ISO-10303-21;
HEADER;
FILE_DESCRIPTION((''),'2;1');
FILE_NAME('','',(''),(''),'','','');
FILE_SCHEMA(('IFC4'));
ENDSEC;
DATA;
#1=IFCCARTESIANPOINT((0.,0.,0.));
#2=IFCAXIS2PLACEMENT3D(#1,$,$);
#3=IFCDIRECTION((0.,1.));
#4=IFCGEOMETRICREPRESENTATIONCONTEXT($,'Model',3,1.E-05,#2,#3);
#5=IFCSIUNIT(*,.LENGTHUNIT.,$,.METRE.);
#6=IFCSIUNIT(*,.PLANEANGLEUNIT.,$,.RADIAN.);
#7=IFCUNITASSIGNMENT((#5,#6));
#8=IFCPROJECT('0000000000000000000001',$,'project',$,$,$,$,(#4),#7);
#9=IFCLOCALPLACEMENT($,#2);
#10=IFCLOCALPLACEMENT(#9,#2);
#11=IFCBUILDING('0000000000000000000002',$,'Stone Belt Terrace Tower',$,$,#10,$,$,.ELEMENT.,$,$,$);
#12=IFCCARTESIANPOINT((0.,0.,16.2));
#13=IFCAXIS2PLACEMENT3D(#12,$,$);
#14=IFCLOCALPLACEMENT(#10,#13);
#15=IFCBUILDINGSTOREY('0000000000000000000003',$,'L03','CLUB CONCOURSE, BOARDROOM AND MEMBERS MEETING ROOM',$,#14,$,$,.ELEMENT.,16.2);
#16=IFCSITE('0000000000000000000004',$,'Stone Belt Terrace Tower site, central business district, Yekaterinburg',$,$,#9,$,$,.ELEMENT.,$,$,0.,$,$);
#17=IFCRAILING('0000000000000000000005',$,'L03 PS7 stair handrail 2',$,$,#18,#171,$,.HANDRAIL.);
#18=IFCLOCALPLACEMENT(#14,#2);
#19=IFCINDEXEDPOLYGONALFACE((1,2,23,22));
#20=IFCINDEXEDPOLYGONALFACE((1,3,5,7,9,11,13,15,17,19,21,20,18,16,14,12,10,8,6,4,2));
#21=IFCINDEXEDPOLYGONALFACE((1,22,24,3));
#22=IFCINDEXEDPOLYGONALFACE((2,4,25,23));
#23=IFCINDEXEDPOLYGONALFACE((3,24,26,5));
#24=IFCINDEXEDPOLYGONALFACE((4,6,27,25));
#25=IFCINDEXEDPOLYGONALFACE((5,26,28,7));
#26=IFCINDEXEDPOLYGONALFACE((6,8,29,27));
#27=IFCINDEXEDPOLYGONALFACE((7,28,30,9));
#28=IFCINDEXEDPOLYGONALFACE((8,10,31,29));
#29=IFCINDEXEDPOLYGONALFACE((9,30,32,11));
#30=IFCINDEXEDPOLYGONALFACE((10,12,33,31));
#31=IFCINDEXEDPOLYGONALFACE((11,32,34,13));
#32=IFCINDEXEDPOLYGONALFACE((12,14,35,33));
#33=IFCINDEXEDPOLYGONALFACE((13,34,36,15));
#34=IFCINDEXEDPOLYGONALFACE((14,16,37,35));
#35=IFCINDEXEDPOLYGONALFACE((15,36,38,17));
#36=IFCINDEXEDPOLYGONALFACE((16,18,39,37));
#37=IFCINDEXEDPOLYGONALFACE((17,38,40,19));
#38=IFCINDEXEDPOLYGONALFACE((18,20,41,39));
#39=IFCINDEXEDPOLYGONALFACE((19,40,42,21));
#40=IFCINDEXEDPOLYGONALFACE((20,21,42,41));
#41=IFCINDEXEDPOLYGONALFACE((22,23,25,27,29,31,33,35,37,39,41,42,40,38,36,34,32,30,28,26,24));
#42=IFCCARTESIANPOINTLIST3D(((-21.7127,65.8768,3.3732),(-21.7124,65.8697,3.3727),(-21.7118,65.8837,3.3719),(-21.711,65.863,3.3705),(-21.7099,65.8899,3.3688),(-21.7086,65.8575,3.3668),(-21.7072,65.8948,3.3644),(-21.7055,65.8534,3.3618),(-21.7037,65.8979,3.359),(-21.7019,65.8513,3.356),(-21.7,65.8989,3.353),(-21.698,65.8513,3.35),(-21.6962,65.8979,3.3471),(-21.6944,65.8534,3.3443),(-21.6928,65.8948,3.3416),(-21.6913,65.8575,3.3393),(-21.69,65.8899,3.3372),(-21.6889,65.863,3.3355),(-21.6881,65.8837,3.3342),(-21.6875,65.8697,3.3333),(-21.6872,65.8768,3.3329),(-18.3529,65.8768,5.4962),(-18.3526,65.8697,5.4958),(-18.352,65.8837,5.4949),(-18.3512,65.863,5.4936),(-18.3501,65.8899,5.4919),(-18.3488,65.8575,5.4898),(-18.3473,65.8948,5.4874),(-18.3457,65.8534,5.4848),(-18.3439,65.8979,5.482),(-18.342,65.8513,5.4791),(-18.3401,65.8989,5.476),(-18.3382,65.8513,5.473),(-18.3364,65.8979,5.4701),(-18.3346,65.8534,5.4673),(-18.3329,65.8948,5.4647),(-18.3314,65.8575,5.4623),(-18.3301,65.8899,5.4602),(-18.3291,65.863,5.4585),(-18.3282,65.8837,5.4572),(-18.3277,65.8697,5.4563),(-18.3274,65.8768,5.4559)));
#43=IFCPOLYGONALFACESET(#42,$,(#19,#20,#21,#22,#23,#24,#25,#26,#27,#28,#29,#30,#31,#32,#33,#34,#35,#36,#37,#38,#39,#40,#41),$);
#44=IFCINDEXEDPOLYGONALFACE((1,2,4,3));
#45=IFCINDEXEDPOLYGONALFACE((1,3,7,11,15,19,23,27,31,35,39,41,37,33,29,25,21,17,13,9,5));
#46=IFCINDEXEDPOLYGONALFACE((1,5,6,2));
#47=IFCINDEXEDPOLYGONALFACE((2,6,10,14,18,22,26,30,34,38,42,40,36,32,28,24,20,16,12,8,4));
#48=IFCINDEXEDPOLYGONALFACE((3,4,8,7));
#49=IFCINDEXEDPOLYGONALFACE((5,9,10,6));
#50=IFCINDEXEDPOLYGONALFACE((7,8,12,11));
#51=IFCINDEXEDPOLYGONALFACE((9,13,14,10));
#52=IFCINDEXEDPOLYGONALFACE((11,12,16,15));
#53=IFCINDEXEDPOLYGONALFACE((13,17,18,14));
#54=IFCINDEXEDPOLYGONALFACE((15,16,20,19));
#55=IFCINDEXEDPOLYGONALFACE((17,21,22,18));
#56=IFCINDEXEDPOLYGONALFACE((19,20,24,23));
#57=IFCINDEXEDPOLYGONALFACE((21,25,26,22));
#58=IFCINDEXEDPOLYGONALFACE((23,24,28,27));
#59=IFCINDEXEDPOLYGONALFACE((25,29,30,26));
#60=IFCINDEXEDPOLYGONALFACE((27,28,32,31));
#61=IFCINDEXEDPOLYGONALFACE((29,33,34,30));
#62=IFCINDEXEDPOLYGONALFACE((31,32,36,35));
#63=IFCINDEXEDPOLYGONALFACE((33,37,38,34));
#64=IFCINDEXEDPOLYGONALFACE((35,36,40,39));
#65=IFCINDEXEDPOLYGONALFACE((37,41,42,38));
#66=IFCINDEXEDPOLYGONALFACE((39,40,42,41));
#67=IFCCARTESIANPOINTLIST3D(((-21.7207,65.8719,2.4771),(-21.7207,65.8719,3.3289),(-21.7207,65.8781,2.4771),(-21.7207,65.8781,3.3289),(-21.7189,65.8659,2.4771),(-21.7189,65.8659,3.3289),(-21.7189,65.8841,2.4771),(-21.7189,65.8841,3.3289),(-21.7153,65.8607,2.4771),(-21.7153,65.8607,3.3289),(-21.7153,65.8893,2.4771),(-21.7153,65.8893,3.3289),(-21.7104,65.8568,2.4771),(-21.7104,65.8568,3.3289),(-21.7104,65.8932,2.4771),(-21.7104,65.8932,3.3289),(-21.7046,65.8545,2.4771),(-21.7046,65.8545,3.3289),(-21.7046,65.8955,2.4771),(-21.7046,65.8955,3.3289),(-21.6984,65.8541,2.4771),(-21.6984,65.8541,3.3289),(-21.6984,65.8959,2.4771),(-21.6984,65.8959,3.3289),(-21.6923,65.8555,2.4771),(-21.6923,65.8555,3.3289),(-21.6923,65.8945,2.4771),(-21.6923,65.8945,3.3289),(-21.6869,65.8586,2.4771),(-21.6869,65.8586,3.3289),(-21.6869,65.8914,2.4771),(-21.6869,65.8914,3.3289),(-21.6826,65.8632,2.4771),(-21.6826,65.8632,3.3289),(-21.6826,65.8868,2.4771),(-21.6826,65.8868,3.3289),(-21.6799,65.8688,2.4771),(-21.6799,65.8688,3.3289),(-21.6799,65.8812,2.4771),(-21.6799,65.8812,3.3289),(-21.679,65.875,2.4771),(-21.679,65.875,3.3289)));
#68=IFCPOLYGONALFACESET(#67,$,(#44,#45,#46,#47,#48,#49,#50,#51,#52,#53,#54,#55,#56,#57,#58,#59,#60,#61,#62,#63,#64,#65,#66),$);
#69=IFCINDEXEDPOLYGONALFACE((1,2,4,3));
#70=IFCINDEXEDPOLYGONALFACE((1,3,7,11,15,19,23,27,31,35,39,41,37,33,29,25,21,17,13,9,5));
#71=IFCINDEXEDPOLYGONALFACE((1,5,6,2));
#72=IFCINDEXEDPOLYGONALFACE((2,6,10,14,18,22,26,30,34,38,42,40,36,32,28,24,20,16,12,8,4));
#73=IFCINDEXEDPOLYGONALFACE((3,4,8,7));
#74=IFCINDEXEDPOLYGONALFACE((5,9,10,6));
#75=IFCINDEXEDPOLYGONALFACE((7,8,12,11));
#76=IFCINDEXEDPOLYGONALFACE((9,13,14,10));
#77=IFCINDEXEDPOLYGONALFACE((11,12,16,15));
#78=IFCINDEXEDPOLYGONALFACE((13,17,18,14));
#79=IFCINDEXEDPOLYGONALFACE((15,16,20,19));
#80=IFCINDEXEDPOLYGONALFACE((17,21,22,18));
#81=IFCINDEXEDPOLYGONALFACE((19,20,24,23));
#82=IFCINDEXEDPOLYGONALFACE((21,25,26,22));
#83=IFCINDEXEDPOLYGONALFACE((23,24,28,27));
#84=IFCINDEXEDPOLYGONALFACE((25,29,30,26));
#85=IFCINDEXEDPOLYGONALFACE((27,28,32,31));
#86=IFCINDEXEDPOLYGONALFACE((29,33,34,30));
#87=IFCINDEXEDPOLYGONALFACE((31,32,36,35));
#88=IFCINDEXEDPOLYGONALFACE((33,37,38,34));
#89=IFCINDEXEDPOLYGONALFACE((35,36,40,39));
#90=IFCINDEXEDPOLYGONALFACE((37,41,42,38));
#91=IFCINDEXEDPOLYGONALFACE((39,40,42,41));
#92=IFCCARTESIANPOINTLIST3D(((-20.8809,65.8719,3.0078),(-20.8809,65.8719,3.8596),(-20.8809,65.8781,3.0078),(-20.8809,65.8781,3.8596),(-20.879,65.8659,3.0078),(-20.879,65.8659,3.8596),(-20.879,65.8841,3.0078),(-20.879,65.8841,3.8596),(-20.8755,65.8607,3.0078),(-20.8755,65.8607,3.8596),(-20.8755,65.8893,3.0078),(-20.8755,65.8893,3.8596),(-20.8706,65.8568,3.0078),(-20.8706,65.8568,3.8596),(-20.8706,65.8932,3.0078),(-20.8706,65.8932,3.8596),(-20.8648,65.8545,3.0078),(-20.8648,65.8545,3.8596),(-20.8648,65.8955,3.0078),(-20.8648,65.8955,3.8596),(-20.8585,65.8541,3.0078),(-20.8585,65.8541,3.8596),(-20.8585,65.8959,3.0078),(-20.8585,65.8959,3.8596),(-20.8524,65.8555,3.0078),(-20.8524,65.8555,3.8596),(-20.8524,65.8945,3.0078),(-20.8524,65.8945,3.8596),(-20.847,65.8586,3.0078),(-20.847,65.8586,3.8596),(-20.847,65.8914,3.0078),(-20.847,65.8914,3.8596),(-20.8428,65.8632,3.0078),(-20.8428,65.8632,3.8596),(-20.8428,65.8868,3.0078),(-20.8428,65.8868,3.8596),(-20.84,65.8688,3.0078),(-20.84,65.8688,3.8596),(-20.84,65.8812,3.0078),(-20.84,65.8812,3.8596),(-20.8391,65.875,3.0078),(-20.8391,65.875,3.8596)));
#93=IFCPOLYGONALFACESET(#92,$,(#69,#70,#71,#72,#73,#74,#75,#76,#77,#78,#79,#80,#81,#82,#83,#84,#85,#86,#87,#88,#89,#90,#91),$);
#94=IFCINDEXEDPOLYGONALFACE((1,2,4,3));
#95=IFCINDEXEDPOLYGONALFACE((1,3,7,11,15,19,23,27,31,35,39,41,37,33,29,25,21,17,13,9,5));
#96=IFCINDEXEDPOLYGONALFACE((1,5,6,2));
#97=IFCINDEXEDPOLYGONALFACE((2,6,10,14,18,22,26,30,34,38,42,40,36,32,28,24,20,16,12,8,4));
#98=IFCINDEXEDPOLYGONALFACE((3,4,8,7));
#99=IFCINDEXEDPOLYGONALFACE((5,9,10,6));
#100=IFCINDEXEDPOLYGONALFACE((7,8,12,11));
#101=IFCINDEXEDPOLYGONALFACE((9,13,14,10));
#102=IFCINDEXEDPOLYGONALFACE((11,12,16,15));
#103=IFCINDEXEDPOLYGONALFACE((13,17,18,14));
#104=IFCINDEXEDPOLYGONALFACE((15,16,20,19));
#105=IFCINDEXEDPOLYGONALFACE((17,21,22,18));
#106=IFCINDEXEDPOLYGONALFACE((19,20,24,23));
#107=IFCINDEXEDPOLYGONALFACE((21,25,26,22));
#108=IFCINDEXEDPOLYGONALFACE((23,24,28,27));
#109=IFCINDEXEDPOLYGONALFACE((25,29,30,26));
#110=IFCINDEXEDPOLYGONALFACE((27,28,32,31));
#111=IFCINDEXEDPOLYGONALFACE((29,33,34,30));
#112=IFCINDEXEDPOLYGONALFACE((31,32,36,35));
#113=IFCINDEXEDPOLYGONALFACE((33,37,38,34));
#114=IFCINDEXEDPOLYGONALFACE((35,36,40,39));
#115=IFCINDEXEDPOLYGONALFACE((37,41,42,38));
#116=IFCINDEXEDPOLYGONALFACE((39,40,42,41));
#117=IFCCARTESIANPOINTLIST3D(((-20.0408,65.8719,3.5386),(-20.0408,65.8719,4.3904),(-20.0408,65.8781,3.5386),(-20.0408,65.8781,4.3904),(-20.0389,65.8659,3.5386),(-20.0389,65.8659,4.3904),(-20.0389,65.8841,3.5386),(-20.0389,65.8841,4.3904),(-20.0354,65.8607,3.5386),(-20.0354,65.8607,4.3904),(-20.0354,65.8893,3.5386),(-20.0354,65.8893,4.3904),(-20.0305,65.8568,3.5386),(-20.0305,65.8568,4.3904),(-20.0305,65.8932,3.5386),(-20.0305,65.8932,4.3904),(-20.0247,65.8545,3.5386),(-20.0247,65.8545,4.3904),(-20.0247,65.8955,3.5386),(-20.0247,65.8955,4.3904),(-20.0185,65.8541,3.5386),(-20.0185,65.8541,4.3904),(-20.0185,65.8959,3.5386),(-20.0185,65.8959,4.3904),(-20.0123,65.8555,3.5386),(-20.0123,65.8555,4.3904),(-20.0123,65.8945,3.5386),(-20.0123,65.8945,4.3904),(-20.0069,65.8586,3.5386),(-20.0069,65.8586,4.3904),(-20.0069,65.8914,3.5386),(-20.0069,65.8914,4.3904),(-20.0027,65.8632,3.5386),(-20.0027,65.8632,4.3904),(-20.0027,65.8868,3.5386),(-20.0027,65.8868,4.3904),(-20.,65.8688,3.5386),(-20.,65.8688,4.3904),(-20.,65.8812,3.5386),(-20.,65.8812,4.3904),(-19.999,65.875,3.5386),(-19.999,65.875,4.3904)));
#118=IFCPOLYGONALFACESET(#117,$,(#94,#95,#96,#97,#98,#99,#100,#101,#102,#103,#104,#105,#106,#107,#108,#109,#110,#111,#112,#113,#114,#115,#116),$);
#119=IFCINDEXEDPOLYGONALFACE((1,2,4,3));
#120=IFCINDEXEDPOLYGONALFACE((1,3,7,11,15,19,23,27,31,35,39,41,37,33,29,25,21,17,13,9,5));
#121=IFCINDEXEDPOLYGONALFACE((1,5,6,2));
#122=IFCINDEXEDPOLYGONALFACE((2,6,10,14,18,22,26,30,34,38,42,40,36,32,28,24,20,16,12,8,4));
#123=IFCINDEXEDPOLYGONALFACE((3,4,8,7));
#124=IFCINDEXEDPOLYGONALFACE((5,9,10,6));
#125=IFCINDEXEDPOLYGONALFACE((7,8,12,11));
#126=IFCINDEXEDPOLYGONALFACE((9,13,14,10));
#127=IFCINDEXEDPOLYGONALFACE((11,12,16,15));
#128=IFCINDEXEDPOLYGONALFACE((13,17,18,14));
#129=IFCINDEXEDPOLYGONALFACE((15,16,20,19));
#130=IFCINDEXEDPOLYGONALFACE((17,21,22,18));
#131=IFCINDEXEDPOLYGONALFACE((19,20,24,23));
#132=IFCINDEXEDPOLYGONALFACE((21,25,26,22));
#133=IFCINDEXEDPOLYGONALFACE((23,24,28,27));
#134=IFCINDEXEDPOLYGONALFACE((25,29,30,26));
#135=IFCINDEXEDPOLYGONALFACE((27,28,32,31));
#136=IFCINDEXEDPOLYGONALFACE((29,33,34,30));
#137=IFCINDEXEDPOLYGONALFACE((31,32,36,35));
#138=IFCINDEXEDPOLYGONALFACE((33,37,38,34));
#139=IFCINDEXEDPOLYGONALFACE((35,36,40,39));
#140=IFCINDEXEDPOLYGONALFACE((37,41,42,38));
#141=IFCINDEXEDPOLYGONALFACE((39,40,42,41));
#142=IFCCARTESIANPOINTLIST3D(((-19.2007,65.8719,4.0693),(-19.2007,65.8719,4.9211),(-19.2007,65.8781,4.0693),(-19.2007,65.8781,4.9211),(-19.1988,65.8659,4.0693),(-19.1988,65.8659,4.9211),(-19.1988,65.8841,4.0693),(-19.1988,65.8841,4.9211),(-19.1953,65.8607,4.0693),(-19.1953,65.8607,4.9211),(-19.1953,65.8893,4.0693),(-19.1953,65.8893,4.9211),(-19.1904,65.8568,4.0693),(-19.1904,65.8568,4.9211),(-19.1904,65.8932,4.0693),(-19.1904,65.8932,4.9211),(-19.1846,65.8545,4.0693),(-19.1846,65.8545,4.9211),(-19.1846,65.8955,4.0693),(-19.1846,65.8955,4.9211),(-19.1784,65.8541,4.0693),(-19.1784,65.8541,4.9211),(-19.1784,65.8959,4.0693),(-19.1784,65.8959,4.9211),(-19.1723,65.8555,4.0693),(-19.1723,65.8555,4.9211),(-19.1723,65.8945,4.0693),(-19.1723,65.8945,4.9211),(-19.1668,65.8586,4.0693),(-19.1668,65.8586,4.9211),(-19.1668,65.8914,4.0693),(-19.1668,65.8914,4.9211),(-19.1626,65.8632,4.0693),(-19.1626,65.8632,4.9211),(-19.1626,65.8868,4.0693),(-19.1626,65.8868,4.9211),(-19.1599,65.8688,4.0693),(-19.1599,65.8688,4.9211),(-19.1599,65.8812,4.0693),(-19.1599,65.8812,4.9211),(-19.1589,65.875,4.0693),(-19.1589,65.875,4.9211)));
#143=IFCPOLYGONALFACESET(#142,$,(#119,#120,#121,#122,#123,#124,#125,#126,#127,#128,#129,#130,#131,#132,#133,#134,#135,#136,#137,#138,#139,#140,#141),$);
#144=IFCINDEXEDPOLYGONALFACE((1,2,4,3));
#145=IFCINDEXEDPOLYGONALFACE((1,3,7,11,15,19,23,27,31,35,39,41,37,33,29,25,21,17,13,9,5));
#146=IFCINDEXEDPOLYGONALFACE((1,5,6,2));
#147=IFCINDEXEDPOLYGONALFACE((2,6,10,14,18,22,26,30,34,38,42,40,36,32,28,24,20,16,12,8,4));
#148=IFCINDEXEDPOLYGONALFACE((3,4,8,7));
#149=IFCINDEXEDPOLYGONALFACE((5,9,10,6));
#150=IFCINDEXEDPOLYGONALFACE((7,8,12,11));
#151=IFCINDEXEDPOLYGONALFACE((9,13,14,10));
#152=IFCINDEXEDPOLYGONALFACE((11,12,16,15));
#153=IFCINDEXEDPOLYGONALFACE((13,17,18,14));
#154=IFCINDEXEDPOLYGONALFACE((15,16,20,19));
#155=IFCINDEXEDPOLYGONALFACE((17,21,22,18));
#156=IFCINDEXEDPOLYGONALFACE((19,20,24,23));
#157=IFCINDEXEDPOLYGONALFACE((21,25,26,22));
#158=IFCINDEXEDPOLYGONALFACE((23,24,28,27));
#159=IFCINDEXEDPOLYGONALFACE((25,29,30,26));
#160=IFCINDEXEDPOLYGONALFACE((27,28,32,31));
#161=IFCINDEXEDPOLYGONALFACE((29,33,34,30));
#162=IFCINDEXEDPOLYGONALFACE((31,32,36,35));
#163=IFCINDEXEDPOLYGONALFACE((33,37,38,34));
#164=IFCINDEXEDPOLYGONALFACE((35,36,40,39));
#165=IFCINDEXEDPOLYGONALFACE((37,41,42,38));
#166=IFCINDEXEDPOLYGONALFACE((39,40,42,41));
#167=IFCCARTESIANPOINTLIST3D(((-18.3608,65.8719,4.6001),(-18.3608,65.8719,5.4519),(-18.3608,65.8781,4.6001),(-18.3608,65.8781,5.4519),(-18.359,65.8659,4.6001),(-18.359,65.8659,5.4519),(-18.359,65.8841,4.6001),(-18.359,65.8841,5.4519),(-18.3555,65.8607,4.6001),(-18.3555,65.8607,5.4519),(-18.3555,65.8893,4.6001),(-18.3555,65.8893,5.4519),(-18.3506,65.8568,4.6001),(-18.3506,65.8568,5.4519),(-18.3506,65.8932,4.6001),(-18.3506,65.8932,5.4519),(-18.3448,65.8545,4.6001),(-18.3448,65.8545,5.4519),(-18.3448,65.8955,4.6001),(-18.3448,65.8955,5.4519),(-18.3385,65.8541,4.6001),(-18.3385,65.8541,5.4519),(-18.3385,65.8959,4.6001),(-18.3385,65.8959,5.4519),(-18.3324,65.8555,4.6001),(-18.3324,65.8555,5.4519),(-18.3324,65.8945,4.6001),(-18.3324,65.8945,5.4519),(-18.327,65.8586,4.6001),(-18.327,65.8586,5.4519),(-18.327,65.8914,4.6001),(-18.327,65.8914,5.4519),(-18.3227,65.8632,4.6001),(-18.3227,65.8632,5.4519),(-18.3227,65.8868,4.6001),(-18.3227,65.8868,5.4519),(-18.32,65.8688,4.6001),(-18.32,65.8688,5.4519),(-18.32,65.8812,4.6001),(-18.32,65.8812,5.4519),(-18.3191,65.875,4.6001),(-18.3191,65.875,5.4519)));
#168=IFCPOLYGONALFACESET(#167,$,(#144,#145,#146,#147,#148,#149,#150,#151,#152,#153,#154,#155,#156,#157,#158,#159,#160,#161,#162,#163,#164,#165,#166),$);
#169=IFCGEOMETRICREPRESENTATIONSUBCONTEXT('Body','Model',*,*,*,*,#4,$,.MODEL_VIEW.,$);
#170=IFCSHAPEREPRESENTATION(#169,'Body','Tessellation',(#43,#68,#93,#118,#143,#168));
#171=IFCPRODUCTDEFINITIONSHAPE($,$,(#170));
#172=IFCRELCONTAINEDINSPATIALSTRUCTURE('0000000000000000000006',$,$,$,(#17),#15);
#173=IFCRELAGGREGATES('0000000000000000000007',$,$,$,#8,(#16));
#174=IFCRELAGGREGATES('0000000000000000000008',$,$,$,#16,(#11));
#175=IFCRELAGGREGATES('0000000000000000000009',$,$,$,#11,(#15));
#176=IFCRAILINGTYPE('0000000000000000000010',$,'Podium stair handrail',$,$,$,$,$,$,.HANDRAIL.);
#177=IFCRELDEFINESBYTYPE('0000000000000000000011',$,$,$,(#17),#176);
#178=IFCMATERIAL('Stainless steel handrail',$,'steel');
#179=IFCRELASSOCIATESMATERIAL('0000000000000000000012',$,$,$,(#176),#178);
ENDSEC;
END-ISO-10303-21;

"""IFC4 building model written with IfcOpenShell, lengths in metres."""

from ifc_helpers import new_model, si_unit, direction, frame, origin, origin_2d, place, context, subcontext, project, spatial, circle, extrude, material, type_object, element, save


model = new_model("IFC4")

# Units and contexts
model_context = context("Model", 3, precision=1e-05, world=origin(), true_north=direction((0.0, 1.0)))
body_context = subcontext(model_context, "Body", "Model", "MODEL_VIEW")
ifc_project = project(units=[si_unit("LENGTHUNIT", "METRE"), si_unit("PLANEANGLEUNIT", "RADIAN")], contexts=[model_context])

# Site, building, storey
site_placement = place(None, origin())
site = spatial("IfcSite", under=ifc_project, at=site_placement, Name="Stone Belt Terrace Tower site, central business district, Yekaterinburg", CompositionType="ELEMENT", RefElevation=0.0)
building_placement = place(site_placement, origin())
building = spatial("IfcBuilding", under=site, at=building_placement, Name="Stone Belt Terrace Tower", CompositionType="ELEMENT")
storey_placement = place(building_placement, frame((0.0, 0.0, 16.2)))
storey = spatial("IfcBuildingStorey", under=building, at=storey_placement, Name="L03", Description="CLUB CONCOURSE, BOARDROOM AND MEMBERS MEETING ROOM", CompositionType="ELEMENT", Elevation=16.2)

# Railing
ifc_material_1 = material(Name="Stainless steel handrail", Category="steel")
railing_type_1 = type_object("IfcRailingType", Name="Podium stair handrail", PredefinedType="HANDRAIL", material=ifc_material_1)
railing_1_placement = place(storey_placement, frame((-21.7, 65.875, 2.4771)))
element("IfcRailing", 1, at=railing_1_placement, inside=storey, type_object=railing_type_1, Name="L03 PS7 stair handrail 2", PredefinedType="HANDRAIL", context=body_context, shape_type="SweptSolid", body=[
    extrude(circle(Radius=0.0239, at=origin_2d()), frame((0.0, 0.0, 0.876), z_axis=(0.845372, 0.0, 0.534178), x_axis=(0.0, 1.0, 0.0)), (0.0, 0.0, 1.0), 3.9744),
    extrude(circle(Radius=0.021, at=origin_2d()), origin(), (0.0, 0.0, 1.0), 0.8518),
    extrude(circle(Radius=0.021, at=origin_2d()), frame((0.8398, 0.0, 0.5308)), (0.0, 0.0, 1.0), 0.8518),
    extrude(circle(Radius=0.021, at=origin_2d()), frame((1.6799, 0.0, 1.0615)), (0.0, 0.0, 1.0), 0.8518),
    extrude(circle(Radius=0.021, at=origin_2d()), frame((2.52, 0.0, 1.5923)), (0.0, 0.0, 1.0), 0.8518),
    extrude(circle(Radius=0.021, at=origin_2d()), frame((3.3599, 0.0, 2.123)), (0.0, 0.0, 1.0), 0.8518),
])

save(model, "model.ifc")
